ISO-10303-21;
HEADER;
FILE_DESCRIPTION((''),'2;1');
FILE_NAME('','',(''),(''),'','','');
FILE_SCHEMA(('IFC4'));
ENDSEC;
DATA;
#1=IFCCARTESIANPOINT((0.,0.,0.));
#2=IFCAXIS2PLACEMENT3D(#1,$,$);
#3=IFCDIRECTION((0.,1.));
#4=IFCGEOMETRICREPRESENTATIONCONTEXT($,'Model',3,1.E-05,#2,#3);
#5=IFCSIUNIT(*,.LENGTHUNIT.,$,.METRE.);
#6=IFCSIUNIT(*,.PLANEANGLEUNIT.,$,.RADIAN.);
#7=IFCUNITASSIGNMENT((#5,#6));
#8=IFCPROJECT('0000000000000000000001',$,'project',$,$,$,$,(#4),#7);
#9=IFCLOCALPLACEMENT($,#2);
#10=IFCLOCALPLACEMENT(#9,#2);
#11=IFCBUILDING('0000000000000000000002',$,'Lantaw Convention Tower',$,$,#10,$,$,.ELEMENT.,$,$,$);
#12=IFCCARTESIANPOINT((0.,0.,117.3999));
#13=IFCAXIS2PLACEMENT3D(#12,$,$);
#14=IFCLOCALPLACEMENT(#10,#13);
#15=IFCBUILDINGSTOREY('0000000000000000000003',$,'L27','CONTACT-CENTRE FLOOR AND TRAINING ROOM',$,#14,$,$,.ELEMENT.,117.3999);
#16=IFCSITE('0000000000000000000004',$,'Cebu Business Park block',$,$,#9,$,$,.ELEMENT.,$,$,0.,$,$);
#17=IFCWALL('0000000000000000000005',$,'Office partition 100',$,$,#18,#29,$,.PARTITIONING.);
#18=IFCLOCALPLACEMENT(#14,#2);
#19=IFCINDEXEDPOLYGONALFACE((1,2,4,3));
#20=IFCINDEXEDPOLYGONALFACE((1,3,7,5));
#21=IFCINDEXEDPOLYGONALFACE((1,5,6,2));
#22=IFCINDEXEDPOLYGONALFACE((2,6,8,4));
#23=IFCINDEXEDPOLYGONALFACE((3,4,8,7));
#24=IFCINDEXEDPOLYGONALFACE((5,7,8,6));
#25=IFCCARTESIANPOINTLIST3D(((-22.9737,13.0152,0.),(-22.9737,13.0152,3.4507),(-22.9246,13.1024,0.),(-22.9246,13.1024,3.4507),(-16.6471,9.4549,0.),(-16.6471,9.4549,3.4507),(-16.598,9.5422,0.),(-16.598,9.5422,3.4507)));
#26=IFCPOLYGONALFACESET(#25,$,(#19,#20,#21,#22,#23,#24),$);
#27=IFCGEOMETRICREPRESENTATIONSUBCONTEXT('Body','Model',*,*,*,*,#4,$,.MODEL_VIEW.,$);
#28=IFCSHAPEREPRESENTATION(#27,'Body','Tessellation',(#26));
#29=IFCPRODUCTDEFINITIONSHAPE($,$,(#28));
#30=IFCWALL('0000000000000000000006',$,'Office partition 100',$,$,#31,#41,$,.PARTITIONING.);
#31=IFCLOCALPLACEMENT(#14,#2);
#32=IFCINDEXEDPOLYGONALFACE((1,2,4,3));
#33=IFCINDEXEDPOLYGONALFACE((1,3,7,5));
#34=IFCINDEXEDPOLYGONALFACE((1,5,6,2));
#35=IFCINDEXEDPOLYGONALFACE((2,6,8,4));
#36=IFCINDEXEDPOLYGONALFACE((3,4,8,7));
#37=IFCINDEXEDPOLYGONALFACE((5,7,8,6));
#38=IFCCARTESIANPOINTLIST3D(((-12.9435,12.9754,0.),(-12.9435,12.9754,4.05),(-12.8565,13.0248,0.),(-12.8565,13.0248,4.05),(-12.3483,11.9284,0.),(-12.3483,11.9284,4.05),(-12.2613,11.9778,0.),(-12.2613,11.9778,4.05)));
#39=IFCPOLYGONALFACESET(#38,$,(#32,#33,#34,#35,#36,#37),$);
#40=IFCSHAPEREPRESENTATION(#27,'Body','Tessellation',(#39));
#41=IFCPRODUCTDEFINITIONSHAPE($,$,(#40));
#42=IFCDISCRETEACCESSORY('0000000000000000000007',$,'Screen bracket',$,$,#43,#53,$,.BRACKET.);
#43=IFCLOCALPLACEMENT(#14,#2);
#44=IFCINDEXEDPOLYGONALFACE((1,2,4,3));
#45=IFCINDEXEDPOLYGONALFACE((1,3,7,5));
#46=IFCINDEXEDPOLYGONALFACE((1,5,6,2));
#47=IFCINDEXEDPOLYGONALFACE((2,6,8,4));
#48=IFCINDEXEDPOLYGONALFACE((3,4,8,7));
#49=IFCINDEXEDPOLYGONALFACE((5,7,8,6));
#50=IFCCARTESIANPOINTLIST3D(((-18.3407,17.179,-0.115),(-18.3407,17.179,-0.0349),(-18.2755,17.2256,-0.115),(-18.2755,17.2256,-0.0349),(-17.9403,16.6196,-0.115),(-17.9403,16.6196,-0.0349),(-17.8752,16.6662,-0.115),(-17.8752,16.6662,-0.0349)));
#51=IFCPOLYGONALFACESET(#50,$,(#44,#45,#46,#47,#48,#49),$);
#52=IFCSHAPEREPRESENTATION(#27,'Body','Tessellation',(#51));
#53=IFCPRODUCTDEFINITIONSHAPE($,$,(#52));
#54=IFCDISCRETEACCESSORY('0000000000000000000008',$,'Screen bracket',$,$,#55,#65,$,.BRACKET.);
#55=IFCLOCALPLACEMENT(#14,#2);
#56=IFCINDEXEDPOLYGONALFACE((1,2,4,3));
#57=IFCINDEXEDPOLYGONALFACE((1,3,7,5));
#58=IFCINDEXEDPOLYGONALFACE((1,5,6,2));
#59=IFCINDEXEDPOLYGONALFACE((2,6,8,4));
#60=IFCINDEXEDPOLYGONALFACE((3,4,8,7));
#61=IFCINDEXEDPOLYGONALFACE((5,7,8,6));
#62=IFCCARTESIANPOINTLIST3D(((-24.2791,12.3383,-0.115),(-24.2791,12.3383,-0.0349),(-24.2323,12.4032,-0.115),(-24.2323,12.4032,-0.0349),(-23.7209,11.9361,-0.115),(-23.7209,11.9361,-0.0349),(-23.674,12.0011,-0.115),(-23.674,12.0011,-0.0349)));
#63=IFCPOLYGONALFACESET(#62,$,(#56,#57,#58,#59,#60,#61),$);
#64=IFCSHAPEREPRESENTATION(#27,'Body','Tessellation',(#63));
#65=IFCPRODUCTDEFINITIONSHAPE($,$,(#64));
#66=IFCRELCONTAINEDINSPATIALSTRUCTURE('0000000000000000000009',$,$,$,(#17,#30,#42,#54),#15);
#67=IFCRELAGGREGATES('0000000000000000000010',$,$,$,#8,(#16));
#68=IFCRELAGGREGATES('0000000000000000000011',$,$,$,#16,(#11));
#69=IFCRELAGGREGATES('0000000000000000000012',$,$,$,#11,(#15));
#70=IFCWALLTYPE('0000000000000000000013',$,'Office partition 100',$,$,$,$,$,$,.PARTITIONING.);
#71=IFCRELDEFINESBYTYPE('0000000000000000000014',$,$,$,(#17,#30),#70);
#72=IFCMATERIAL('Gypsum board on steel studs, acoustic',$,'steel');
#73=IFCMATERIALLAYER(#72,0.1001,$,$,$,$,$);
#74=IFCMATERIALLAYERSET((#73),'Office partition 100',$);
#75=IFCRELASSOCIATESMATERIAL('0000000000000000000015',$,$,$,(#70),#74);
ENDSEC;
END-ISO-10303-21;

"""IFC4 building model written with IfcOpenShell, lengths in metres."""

from ifc_helpers import new_model, si_unit, direction, frame, frame_2d, origin, origin_2d, place, context, subcontext, project, spatial, rectangle, extrude, material, layer, layer_set, type_object, element, save


model = new_model("IFC4")

# Units and contexts
model_context = context("Model", 3, precision=1e-05, world=origin(), true_north=direction((0.0, 1.0)))
body_context = subcontext(model_context, "Body", "Model", "MODEL_VIEW")
ifc_project = project(units=[si_unit("LENGTHUNIT", "METRE"), si_unit("PLANEANGLEUNIT", "RADIAN")], contexts=[model_context])

# Site, building, storey
site_placement = place(None, origin())
site = spatial("IfcSite", under=ifc_project, at=site_placement, Name="Cebu Business Park block", CompositionType="ELEMENT", RefElevation=0.0)
building_placement = place(site_placement, origin())
building = spatial("IfcBuilding", under=site, at=building_placement, Name="Lantaw Convention Tower", CompositionType="ELEMENT")
storey_placement = place(building_placement, frame((0.0, 0.0, 117.3999)))
storey = spatial("IfcBuildingStorey", under=building, at=storey_placement, Name="L27", Description="CONTACT-CENTRE FLOOR AND TRAINING ROOM", CompositionType="ELEMENT", Elevation=117.3999)

# Walls
ifc_material_1 = material(Name="Gypsum board on steel studs, acoustic", Category="steel")
ifc_layer_1 = layer(ifc_material_1, 0.1001)
ifc_layer_set_1 = layer_set([ifc_layer_1], Name="Office partition 100")
wall_type_1 = type_object("IfcWallType", Name="Office partition 100", PredefinedType="PARTITIONING", material=ifc_layer_set_1)
wall_1_placement = place(storey_placement, frame((-22.9492, 13.0588, 0.0), z_axis=(0.0, 0.0, 1.0), x_axis=(0.871484, -0.490424, 0.0)))
element("IfcWall", 1, at=wall_1_placement, inside=storey, type_object=wall_type_1, Name="Office partition 100", PredefinedType="PARTITIONING", context=body_context, shape_type="SweptSolid", body=[
    extrude(rectangle(XDim=7.2595, YDim=0.1001, at=frame_2d((3.6299, 0.0))), origin(), (0.0, 0.0, 1.0), 3.4507),
])
wall_2_placement = place(storey_placement, frame((-12.8999, 13.0, 0.0), z_axis=(0.0, 0.0, 1.0), x_axis=(0.494173, -0.869364, 0.0)))
element("IfcWall", 2, at=wall_2_placement, inside=storey, type_object=wall_type_1, Name="Office partition 100", PredefinedType="PARTITIONING", context=body_context, shape_type="SweptSolid", body=[
    extrude(rectangle(XDim=1.2043, YDim=0.1001, at=frame_2d((0.6021, 0.0))), origin(), (0.0, 0.0, 1.0), 4.05),
])

# Discrete accessories
for number, where, z_axis, x_axis, name in (
    (3, (-18.1079, 16.9226, -0.115), (0.0, 0.0, 1.0), (-0.813208, -0.581973, 0.0), "Screen bracket"),
    (4, (-23.9766, 12.1697, -0.115), (0.0, 0.0, 1.0), (-0.584513, -0.811385, 0.0), "Screen bracket"),
):
    element("IfcDiscreteAccessory", number, at=place(storey_placement, frame(where, z_axis=z_axis, x_axis=x_axis)), inside=storey, Name=name, PredefinedType="BRACKET", context=body_context, shape_type="SweptSolid", body=[
        extrude(rectangle(XDim=0.0801, YDim=0.688, at=origin_2d()), origin(), (0.0, 0.0, 1.0), 0.0801),
    ])

save(model, "model.ifc")
